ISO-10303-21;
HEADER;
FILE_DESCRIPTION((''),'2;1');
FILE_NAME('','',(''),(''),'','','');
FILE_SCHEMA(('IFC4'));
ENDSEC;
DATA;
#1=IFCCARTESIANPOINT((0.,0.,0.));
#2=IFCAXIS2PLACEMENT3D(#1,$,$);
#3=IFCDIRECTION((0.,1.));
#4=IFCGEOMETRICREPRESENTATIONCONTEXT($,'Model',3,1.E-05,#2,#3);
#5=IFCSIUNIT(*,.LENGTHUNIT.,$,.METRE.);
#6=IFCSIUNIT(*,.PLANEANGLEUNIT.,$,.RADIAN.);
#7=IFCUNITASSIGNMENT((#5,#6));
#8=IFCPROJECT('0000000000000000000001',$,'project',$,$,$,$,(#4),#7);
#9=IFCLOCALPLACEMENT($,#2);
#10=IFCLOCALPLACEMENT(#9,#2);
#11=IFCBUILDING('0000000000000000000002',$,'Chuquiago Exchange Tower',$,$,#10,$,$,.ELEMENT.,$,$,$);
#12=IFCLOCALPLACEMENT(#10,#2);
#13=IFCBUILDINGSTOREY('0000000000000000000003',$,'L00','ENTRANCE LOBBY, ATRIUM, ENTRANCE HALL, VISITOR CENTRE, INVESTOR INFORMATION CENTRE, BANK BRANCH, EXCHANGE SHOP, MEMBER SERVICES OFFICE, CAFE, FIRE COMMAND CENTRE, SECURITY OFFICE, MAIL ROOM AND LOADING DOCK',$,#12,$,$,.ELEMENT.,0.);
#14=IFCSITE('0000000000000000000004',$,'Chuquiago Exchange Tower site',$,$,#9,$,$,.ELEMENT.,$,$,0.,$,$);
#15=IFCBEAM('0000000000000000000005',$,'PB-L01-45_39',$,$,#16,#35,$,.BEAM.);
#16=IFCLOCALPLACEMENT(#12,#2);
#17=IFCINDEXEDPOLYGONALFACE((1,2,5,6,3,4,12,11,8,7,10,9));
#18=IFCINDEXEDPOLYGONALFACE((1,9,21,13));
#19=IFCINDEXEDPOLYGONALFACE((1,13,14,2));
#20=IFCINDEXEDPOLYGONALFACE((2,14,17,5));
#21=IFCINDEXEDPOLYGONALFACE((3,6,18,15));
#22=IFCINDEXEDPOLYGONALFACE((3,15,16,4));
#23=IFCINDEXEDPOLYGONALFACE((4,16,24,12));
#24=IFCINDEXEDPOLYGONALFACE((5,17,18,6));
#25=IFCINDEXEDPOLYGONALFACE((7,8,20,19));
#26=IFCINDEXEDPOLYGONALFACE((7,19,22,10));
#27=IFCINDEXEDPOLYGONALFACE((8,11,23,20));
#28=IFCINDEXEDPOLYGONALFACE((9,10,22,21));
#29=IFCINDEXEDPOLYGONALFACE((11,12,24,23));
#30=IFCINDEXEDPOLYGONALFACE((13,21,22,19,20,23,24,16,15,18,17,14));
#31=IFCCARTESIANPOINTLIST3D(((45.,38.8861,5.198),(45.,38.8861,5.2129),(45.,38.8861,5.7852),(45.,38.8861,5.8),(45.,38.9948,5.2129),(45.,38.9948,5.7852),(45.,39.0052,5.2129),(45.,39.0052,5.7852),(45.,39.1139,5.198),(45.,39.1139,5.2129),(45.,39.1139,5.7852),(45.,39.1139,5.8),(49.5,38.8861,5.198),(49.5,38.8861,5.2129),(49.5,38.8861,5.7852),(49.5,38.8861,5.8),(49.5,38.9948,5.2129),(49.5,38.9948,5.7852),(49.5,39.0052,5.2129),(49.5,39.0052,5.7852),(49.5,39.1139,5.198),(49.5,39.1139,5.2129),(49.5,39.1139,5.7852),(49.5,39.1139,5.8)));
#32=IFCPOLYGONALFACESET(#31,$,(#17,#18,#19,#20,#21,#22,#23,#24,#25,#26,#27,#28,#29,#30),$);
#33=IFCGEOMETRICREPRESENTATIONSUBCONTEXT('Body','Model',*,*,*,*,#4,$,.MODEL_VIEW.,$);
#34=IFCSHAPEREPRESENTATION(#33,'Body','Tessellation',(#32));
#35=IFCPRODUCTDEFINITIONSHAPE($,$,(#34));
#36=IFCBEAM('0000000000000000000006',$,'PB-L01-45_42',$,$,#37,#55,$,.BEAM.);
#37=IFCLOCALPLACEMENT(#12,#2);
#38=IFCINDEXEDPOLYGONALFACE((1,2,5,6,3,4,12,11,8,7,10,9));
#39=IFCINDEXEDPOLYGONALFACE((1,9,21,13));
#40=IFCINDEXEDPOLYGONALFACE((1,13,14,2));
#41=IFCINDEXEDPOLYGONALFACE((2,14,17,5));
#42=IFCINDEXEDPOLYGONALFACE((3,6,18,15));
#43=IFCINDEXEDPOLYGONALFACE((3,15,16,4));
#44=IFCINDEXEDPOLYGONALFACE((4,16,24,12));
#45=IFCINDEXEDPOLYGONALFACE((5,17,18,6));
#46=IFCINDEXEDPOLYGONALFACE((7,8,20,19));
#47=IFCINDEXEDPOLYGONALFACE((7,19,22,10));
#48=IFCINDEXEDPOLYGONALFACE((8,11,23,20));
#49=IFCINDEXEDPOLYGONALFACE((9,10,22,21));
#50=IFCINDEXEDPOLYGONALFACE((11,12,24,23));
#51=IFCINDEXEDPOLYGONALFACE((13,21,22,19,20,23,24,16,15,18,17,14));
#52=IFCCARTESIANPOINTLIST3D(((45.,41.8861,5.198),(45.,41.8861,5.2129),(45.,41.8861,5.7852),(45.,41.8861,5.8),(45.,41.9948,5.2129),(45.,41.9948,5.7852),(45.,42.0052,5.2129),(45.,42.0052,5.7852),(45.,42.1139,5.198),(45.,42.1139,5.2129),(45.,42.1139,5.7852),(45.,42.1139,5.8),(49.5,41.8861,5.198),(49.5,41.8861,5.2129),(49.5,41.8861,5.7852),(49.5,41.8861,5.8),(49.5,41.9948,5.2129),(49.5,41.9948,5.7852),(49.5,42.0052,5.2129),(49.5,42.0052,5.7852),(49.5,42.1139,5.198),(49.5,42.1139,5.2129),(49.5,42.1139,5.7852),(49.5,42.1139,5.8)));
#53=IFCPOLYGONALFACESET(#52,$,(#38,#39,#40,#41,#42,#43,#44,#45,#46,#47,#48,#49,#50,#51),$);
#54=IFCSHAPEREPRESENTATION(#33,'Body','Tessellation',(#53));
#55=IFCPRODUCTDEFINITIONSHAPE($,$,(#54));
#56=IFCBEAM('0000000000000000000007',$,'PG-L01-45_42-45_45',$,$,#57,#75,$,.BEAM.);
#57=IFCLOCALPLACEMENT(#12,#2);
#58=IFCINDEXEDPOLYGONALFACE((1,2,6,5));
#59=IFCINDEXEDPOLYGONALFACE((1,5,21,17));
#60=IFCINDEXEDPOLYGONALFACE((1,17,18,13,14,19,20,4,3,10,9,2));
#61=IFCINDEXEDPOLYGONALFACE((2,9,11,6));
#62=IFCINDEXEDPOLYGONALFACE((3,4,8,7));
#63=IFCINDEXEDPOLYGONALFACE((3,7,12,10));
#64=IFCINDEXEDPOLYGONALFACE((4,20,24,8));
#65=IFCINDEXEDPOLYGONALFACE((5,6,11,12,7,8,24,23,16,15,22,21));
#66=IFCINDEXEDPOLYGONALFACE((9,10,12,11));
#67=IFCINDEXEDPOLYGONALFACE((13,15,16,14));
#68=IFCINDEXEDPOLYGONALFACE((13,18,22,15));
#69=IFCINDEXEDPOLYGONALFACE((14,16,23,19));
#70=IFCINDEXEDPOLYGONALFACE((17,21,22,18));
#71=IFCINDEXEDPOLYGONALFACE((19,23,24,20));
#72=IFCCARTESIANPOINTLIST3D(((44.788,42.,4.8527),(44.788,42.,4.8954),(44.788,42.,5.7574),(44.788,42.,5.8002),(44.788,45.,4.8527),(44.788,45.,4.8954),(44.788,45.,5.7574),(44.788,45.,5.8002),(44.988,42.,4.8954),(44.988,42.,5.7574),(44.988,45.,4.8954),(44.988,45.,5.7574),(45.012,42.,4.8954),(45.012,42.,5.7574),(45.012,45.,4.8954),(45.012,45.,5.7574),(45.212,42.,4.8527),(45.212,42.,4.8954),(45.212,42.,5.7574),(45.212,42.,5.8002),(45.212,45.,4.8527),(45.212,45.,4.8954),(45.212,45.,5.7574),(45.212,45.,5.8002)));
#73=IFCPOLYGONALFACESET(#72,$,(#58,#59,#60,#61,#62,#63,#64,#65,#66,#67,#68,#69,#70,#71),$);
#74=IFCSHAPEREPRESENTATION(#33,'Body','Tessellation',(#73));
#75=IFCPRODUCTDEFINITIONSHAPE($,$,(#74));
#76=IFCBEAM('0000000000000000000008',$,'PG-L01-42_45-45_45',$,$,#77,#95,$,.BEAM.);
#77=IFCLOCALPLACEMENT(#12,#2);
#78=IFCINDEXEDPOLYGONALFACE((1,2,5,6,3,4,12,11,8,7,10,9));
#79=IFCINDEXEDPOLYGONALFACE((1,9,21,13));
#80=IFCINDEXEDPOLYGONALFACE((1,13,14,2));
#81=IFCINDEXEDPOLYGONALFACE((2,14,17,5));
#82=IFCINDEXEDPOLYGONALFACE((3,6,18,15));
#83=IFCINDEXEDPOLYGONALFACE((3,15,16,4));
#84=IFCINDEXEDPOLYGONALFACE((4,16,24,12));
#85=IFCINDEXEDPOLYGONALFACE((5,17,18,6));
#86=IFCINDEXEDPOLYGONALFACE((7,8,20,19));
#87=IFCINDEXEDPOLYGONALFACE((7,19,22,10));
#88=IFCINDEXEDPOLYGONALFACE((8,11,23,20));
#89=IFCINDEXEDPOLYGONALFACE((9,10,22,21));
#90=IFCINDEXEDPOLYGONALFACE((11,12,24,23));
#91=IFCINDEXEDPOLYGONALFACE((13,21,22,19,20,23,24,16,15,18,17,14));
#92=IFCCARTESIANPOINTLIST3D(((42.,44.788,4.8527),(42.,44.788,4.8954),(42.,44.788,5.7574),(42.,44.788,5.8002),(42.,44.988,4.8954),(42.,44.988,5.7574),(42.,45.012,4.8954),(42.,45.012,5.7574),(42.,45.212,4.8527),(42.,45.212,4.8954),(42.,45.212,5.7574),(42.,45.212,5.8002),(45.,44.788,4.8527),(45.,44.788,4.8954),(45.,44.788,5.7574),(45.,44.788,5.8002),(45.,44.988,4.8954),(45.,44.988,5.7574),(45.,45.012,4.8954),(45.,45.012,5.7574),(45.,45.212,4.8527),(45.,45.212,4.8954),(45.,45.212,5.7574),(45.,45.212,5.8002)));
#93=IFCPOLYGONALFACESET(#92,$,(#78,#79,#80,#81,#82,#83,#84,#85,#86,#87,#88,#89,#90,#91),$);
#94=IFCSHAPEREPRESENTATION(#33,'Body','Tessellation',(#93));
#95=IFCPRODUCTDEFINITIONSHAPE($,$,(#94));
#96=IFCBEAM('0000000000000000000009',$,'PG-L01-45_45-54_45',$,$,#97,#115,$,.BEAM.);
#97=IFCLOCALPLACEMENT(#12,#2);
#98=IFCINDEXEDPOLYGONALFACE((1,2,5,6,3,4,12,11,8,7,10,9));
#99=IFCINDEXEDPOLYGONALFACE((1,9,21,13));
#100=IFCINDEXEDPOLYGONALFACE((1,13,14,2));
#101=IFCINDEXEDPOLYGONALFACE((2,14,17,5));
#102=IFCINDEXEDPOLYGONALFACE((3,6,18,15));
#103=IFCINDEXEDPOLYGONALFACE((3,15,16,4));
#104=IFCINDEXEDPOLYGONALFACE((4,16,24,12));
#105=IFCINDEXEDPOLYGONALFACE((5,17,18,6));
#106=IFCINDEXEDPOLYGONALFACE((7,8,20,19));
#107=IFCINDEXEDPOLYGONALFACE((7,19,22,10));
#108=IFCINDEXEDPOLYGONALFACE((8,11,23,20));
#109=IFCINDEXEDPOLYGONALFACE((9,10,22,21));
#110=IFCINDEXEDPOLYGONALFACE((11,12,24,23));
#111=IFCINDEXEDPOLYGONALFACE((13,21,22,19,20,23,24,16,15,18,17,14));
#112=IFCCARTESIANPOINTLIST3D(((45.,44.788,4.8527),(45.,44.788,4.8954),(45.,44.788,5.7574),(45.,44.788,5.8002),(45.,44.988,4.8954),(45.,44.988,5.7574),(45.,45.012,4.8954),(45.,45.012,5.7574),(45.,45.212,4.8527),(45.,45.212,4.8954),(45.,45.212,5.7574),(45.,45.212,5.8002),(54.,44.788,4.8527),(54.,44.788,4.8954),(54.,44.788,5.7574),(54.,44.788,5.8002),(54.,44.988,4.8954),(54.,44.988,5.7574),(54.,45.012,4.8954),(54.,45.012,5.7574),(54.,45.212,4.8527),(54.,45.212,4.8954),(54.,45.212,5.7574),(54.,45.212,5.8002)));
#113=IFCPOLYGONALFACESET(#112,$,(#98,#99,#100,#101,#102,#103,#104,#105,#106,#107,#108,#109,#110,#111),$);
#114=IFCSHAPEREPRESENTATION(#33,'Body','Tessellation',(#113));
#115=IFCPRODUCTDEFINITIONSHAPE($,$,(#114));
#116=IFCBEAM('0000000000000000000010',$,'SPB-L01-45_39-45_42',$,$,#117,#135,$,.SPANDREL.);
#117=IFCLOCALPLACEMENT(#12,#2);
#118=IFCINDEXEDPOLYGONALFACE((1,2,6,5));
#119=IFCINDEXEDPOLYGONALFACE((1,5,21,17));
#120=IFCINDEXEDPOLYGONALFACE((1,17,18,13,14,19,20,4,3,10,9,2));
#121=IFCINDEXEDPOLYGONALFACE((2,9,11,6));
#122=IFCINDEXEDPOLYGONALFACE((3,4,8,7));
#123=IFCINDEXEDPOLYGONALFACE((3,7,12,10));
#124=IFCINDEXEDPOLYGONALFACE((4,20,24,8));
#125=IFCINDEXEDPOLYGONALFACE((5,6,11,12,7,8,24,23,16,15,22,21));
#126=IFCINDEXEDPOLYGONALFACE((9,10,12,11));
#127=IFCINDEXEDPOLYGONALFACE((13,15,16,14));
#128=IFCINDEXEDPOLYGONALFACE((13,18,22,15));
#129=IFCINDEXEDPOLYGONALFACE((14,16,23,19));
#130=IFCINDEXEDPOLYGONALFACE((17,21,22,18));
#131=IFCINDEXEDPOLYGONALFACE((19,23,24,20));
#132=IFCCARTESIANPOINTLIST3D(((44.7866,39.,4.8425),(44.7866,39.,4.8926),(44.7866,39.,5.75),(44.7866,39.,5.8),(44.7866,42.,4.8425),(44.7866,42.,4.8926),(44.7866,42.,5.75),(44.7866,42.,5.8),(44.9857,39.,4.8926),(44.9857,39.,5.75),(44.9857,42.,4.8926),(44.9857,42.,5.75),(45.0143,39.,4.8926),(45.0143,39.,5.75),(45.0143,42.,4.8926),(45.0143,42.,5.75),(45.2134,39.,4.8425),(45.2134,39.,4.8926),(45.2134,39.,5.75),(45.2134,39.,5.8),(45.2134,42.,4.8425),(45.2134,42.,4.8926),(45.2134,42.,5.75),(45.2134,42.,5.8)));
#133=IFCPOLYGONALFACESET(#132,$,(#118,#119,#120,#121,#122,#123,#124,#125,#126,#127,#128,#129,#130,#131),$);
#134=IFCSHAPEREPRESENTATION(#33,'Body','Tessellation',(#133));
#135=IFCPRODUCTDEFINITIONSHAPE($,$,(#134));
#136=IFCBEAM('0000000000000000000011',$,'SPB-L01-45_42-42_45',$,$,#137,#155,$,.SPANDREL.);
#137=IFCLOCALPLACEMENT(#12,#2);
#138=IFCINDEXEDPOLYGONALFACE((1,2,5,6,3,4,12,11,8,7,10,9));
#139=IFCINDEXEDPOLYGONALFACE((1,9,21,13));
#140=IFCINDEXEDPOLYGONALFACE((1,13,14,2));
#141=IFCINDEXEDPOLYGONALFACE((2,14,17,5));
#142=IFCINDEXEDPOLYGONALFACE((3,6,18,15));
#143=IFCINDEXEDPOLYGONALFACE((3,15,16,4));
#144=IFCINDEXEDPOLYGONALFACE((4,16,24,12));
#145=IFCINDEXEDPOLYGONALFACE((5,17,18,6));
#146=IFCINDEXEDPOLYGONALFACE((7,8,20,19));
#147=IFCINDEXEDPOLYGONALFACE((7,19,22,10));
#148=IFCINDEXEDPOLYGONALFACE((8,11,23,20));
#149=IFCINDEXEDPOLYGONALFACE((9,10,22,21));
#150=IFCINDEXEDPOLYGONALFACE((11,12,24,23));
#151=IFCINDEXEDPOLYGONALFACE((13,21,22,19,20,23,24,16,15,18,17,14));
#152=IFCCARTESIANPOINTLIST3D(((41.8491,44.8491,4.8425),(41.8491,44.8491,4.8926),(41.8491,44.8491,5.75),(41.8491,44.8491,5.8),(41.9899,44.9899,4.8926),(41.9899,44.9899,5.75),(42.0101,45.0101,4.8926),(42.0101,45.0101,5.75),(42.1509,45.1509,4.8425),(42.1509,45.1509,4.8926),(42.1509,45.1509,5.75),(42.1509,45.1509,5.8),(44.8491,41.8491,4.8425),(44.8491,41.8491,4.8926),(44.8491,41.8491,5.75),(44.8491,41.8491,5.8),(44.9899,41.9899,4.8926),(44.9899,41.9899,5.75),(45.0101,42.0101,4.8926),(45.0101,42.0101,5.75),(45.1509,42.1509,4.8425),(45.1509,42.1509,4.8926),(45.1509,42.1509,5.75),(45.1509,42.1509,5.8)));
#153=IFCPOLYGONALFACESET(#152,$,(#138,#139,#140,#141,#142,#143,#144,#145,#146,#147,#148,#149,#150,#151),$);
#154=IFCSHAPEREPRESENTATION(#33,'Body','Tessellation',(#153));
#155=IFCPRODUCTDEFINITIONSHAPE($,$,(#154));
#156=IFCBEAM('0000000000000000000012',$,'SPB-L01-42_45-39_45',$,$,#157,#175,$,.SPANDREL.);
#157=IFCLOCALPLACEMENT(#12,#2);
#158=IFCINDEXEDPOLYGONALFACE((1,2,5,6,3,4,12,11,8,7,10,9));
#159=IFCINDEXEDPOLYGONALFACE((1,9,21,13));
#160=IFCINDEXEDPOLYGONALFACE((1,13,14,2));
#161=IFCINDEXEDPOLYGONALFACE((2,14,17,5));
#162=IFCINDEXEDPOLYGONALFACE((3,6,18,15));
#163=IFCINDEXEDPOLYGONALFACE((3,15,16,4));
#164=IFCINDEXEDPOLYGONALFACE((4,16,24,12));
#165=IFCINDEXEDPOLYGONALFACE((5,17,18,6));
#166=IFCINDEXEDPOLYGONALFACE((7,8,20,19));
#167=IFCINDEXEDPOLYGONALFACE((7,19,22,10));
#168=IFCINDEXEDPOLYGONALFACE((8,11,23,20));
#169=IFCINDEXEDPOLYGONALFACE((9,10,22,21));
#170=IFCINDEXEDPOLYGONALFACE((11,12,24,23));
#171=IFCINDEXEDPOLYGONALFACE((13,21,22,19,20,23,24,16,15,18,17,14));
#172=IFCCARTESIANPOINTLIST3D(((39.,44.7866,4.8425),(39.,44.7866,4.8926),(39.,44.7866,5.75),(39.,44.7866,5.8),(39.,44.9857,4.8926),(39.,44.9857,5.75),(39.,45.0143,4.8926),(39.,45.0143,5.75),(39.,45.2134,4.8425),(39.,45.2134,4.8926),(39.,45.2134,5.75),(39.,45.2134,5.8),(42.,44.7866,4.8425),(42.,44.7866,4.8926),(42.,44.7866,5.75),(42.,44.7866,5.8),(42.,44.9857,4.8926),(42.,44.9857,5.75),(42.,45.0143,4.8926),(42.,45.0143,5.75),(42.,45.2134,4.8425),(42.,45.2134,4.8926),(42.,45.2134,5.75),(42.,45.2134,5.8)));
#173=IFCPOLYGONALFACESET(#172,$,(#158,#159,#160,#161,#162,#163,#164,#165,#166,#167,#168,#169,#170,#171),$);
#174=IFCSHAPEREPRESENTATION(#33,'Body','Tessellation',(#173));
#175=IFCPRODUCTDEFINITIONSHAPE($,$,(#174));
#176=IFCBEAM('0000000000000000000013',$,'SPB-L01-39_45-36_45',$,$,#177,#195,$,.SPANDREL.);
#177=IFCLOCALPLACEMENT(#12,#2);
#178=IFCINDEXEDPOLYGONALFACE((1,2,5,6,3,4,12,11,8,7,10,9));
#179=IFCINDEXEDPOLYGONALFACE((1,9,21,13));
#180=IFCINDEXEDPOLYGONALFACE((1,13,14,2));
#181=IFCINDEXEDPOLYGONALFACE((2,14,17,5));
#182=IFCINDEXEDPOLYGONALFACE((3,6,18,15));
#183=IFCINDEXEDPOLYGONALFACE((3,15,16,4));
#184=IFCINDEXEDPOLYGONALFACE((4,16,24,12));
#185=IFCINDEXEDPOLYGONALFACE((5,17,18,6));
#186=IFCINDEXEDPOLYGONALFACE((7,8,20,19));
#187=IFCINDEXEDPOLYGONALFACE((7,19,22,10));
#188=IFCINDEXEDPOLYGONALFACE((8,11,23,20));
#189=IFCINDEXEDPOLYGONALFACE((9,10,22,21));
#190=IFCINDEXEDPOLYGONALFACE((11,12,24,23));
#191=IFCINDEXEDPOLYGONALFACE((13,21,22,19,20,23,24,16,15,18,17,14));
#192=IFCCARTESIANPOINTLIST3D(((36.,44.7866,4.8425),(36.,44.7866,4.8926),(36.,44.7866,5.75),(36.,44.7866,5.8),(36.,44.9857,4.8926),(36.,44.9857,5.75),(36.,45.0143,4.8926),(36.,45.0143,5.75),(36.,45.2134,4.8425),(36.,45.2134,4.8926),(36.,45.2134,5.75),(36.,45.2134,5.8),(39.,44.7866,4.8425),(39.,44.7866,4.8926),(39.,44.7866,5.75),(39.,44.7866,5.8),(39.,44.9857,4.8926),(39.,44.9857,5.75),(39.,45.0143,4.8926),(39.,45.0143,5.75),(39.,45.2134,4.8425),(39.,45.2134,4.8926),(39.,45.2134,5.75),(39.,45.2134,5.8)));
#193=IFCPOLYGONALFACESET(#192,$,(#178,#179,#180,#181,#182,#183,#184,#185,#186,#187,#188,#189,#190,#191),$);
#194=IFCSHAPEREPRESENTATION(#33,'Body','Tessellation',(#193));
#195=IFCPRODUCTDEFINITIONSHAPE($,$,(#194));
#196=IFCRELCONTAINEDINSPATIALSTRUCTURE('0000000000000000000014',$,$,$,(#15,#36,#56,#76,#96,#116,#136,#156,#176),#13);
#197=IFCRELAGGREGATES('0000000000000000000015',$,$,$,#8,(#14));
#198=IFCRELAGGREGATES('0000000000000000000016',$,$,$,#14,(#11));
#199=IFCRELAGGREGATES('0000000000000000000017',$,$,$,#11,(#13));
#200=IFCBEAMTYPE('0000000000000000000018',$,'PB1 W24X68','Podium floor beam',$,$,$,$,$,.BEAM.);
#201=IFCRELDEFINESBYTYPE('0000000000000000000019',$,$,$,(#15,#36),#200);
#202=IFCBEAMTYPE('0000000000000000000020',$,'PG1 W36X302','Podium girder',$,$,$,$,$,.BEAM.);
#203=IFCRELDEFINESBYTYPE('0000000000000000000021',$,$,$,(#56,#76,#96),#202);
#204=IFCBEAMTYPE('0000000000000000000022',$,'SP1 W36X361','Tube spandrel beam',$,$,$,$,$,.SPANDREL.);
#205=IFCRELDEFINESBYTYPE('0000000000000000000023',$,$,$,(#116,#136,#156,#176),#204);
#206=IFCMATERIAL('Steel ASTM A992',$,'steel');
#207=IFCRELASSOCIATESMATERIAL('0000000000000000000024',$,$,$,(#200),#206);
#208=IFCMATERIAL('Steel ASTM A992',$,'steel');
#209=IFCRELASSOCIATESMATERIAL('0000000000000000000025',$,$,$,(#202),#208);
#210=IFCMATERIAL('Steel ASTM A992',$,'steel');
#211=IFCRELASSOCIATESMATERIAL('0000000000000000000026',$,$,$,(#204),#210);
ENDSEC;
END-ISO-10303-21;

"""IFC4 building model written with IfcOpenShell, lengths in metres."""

from ifc_helpers import new_model, si_unit, direction, frame, origin, origin_2d, place, context, subcontext, project, spatial, i_section, extrude, material, material_profile, profile_set, type_object, element, save


model = new_model("IFC4")

# Units and contexts
model_context = context("Model", 3, precision=1e-05, world=origin(), true_north=direction((0.0, 1.0)))
body_context = subcontext(model_context, "Body", "Model", "MODEL_VIEW")
ifc_project = project(units=[si_unit("LENGTHUNIT", "METRE"), si_unit("PLANEANGLEUNIT", "RADIAN")], contexts=[model_context])

# Site, building, storey
site_placement = place(None, origin())
site = spatial("IfcSite", under=ifc_project, at=site_placement, Name="Chuquiago Exchange Tower site", CompositionType="ELEMENT", RefElevation=0.0)
building_placement = place(site_placement, origin())
building = spatial("IfcBuilding", under=site, at=building_placement, Name="Chuquiago Exchange Tower", CompositionType="ELEMENT")
storey_placement = place(building_placement, origin())
storey = spatial("IfcBuildingStorey", under=building, at=storey_placement, Name="L00", Description="ENTRANCE LOBBY, ATRIUM, ENTRANCE HALL, VISITOR CENTRE, INVESTOR INFORMATION CENTRE, BANK BRANCH, EXCHANGE SHOP, MEMBER SERVICES OFFICE, CAFE, FIRE COMMAND CENTRE, SECURITY OFFICE, MAIL ROOM AND LOADING DOCK", CompositionType="ELEMENT", Elevation=0.0)

# Beams
ifc_material_1 = material(Name="Steel ASTM A992", Category="steel")
ifc_material_profile_1 = material_profile(ifc_material_1, i_section(OverallWidth=0.2278, OverallDepth=0.6021, WebThickness=0.0105, FlangeThickness=0.0149, at=origin_2d()), Name="W24X68")
ifc_profile_set_1 = profile_set([ifc_material_profile_1], Name="Steel ASTM A992")
beam_type_1 = type_object("IfcBeamType", Name="PB1 W24X68", Description="Podium floor beam", PredefinedType="BEAM", material=ifc_profile_set_1)
for number, where, z_axis, x_axis, name in (
    (1, (45.0, 39.0, 5.499), (1.0, 0.0, 0.0), (0.0, 1.0, 0.0), "PB-L01-45_39"),
    (2, (45.0, 42.0, 5.499), (1.0, 0.0, 0.0), (0.0, 1.0, 0.0), "PB-L01-45_42"),
):
    element("IfcBeam", number, at=place(storey_placement, frame(where, z_axis=z_axis, x_axis=x_axis)), inside=storey, type_object=beam_type_1, Name=name, PredefinedType="BEAM", context=body_context, shape_type="SweptSolid", body=[
        extrude(i_section(OverallWidth=0.2278, OverallDepth=0.6021, WebThickness=0.0105, FlangeThickness=0.0149, at=origin_2d()), origin(), (0.0, 0.0, 1.0), 4.5),
    ])
ifc_material_2 = material(Name="Steel ASTM A992", Category="steel")
ifc_material_profile_2 = material_profile(ifc_material_2, i_section(OverallWidth=0.4241, OverallDepth=0.9475, WebThickness=0.0239, FlangeThickness=0.0427, at=origin_2d()), Name="W36X302")
ifc_profile_set_2 = profile_set([ifc_material_profile_2], Name="Steel ASTM A992")
beam_type_2 = type_object("IfcBeamType", Name="PG1 W36X302", Description="Podium girder", PredefinedType="BEAM", material=ifc_profile_set_2)
for number, where, z_axis, x_axis, name in (
    (3, (45.0, 42.0, 5.3264), (0.0, 1.0, 0.0), (-1.0, 0.0, 0.0), "PG-L01-45_42-45_45"),
    (4, (42.0, 45.0, 5.3264), (1.0, 0.0, 0.0), (0.0, 1.0, 0.0), "PG-L01-42_45-45_45"),
):
    element("IfcBeam", number, at=place(storey_placement, frame(where, z_axis=z_axis, x_axis=x_axis)), inside=storey, type_object=beam_type_2, Name=name, PredefinedType="BEAM", context=body_context, shape_type="SweptSolid", body=[
        extrude(i_section(OverallWidth=0.4241, OverallDepth=0.9475, WebThickness=0.0239, FlangeThickness=0.0427, at=origin_2d()), origin(), (0.0, 0.0, 1.0), 3.0),
    ])
beam_1_placement = place(storey_placement, frame((45.0, 45.0, 5.3264), z_axis=(1.0, 0.0, 0.0), x_axis=(0.0, 1.0, 0.0)))
element("IfcBeam", 5, at=beam_1_placement, inside=storey, type_object=beam_type_2, Name="PG-L01-45_45-54_45", PredefinedType="BEAM", context=body_context, shape_type="SweptSolid", body=[
    extrude(i_section(OverallWidth=0.4241, OverallDepth=0.9475, WebThickness=0.0239, FlangeThickness=0.0427, at=origin_2d()), origin(), (0.0, 0.0, 1.0), 9.0),
])
ifc_material_3 = material(Name="Steel ASTM A992", Category="steel")
ifc_material_profile_3 = material_profile(ifc_material_3, i_section(OverallWidth=0.4268, OverallDepth=0.9575, WebThickness=0.0286, FlangeThickness=0.05, at=origin_2d()), Name="W36X361")
ifc_profile_set_3 = profile_set([ifc_material_profile_3], Name="Steel ASTM A992")
beam_type_3 = type_object("IfcBeamType", Name="SP1 W36X361", Description="Tube spandrel beam", PredefinedType="SPANDREL", material=ifc_profile_set_3)
beam_2_placement = place(storey_placement, frame((45.0, 39.0, 5.3213), z_axis=(0.0, 1.0, 0.0), x_axis=(-1.0, 0.0, 0.0)))
element("IfcBeam", 6, at=beam_2_placement, inside=storey, type_object=beam_type_3, Name="SPB-L01-45_39-45_42", PredefinedType="SPANDREL", context=body_context, shape_type="SweptSolid", body=[
    extrude(i_section(OverallWidth=0.4268, OverallDepth=0.9575, WebThickness=0.0286, FlangeThickness=0.05, at=origin_2d()), origin(), (0.0, 0.0, 1.0), 3.0),
])
beam_3_placement = place(storey_placement, frame((45.0, 42.0, 5.3213), z_axis=(-0.707107, 0.707107, 0.0), x_axis=(-0.707107, -0.707107, 0.0)))
element("IfcBeam", 7, at=beam_3_placement, inside=storey, type_object=beam_type_3, Name="SPB-L01-45_42-42_45", PredefinedType="SPANDREL", context=body_context, shape_type="SweptSolid", body=[
    extrude(i_section(OverallWidth=0.4268, OverallDepth=0.9575, WebThickness=0.0286, FlangeThickness=0.05, at=origin_2d()), origin(), (0.0, 0.0, 1.0), 4.2427),
])
for number, where, z_axis, x_axis, name in (
    (8, (42.0, 45.0, 5.3213), (-1.0, 0.0, 0.0), (0.0, -1.0, 0.0), "SPB-L01-42_45-39_45"),
    (9, (39.0, 45.0, 5.3213), (-1.0, 0.0, 0.0), (0.0, -1.0, 0.0), "SPB-L01-39_45-36_45"),
):
    element("IfcBeam", number, at=place(storey_placement, frame(where, z_axis=z_axis, x_axis=x_axis)), inside=storey, type_object=beam_type_3, Name=name, PredefinedType="SPANDREL", context=body_context, shape_type="SweptSolid", body=[
        extrude(i_section(OverallWidth=0.4268, OverallDepth=0.9575, WebThickness=0.0286, FlangeThickness=0.05, at=origin_2d()), origin(), (0.0, 0.0, 1.0), 3.0),
    ])

save(model, "model.ifc")
